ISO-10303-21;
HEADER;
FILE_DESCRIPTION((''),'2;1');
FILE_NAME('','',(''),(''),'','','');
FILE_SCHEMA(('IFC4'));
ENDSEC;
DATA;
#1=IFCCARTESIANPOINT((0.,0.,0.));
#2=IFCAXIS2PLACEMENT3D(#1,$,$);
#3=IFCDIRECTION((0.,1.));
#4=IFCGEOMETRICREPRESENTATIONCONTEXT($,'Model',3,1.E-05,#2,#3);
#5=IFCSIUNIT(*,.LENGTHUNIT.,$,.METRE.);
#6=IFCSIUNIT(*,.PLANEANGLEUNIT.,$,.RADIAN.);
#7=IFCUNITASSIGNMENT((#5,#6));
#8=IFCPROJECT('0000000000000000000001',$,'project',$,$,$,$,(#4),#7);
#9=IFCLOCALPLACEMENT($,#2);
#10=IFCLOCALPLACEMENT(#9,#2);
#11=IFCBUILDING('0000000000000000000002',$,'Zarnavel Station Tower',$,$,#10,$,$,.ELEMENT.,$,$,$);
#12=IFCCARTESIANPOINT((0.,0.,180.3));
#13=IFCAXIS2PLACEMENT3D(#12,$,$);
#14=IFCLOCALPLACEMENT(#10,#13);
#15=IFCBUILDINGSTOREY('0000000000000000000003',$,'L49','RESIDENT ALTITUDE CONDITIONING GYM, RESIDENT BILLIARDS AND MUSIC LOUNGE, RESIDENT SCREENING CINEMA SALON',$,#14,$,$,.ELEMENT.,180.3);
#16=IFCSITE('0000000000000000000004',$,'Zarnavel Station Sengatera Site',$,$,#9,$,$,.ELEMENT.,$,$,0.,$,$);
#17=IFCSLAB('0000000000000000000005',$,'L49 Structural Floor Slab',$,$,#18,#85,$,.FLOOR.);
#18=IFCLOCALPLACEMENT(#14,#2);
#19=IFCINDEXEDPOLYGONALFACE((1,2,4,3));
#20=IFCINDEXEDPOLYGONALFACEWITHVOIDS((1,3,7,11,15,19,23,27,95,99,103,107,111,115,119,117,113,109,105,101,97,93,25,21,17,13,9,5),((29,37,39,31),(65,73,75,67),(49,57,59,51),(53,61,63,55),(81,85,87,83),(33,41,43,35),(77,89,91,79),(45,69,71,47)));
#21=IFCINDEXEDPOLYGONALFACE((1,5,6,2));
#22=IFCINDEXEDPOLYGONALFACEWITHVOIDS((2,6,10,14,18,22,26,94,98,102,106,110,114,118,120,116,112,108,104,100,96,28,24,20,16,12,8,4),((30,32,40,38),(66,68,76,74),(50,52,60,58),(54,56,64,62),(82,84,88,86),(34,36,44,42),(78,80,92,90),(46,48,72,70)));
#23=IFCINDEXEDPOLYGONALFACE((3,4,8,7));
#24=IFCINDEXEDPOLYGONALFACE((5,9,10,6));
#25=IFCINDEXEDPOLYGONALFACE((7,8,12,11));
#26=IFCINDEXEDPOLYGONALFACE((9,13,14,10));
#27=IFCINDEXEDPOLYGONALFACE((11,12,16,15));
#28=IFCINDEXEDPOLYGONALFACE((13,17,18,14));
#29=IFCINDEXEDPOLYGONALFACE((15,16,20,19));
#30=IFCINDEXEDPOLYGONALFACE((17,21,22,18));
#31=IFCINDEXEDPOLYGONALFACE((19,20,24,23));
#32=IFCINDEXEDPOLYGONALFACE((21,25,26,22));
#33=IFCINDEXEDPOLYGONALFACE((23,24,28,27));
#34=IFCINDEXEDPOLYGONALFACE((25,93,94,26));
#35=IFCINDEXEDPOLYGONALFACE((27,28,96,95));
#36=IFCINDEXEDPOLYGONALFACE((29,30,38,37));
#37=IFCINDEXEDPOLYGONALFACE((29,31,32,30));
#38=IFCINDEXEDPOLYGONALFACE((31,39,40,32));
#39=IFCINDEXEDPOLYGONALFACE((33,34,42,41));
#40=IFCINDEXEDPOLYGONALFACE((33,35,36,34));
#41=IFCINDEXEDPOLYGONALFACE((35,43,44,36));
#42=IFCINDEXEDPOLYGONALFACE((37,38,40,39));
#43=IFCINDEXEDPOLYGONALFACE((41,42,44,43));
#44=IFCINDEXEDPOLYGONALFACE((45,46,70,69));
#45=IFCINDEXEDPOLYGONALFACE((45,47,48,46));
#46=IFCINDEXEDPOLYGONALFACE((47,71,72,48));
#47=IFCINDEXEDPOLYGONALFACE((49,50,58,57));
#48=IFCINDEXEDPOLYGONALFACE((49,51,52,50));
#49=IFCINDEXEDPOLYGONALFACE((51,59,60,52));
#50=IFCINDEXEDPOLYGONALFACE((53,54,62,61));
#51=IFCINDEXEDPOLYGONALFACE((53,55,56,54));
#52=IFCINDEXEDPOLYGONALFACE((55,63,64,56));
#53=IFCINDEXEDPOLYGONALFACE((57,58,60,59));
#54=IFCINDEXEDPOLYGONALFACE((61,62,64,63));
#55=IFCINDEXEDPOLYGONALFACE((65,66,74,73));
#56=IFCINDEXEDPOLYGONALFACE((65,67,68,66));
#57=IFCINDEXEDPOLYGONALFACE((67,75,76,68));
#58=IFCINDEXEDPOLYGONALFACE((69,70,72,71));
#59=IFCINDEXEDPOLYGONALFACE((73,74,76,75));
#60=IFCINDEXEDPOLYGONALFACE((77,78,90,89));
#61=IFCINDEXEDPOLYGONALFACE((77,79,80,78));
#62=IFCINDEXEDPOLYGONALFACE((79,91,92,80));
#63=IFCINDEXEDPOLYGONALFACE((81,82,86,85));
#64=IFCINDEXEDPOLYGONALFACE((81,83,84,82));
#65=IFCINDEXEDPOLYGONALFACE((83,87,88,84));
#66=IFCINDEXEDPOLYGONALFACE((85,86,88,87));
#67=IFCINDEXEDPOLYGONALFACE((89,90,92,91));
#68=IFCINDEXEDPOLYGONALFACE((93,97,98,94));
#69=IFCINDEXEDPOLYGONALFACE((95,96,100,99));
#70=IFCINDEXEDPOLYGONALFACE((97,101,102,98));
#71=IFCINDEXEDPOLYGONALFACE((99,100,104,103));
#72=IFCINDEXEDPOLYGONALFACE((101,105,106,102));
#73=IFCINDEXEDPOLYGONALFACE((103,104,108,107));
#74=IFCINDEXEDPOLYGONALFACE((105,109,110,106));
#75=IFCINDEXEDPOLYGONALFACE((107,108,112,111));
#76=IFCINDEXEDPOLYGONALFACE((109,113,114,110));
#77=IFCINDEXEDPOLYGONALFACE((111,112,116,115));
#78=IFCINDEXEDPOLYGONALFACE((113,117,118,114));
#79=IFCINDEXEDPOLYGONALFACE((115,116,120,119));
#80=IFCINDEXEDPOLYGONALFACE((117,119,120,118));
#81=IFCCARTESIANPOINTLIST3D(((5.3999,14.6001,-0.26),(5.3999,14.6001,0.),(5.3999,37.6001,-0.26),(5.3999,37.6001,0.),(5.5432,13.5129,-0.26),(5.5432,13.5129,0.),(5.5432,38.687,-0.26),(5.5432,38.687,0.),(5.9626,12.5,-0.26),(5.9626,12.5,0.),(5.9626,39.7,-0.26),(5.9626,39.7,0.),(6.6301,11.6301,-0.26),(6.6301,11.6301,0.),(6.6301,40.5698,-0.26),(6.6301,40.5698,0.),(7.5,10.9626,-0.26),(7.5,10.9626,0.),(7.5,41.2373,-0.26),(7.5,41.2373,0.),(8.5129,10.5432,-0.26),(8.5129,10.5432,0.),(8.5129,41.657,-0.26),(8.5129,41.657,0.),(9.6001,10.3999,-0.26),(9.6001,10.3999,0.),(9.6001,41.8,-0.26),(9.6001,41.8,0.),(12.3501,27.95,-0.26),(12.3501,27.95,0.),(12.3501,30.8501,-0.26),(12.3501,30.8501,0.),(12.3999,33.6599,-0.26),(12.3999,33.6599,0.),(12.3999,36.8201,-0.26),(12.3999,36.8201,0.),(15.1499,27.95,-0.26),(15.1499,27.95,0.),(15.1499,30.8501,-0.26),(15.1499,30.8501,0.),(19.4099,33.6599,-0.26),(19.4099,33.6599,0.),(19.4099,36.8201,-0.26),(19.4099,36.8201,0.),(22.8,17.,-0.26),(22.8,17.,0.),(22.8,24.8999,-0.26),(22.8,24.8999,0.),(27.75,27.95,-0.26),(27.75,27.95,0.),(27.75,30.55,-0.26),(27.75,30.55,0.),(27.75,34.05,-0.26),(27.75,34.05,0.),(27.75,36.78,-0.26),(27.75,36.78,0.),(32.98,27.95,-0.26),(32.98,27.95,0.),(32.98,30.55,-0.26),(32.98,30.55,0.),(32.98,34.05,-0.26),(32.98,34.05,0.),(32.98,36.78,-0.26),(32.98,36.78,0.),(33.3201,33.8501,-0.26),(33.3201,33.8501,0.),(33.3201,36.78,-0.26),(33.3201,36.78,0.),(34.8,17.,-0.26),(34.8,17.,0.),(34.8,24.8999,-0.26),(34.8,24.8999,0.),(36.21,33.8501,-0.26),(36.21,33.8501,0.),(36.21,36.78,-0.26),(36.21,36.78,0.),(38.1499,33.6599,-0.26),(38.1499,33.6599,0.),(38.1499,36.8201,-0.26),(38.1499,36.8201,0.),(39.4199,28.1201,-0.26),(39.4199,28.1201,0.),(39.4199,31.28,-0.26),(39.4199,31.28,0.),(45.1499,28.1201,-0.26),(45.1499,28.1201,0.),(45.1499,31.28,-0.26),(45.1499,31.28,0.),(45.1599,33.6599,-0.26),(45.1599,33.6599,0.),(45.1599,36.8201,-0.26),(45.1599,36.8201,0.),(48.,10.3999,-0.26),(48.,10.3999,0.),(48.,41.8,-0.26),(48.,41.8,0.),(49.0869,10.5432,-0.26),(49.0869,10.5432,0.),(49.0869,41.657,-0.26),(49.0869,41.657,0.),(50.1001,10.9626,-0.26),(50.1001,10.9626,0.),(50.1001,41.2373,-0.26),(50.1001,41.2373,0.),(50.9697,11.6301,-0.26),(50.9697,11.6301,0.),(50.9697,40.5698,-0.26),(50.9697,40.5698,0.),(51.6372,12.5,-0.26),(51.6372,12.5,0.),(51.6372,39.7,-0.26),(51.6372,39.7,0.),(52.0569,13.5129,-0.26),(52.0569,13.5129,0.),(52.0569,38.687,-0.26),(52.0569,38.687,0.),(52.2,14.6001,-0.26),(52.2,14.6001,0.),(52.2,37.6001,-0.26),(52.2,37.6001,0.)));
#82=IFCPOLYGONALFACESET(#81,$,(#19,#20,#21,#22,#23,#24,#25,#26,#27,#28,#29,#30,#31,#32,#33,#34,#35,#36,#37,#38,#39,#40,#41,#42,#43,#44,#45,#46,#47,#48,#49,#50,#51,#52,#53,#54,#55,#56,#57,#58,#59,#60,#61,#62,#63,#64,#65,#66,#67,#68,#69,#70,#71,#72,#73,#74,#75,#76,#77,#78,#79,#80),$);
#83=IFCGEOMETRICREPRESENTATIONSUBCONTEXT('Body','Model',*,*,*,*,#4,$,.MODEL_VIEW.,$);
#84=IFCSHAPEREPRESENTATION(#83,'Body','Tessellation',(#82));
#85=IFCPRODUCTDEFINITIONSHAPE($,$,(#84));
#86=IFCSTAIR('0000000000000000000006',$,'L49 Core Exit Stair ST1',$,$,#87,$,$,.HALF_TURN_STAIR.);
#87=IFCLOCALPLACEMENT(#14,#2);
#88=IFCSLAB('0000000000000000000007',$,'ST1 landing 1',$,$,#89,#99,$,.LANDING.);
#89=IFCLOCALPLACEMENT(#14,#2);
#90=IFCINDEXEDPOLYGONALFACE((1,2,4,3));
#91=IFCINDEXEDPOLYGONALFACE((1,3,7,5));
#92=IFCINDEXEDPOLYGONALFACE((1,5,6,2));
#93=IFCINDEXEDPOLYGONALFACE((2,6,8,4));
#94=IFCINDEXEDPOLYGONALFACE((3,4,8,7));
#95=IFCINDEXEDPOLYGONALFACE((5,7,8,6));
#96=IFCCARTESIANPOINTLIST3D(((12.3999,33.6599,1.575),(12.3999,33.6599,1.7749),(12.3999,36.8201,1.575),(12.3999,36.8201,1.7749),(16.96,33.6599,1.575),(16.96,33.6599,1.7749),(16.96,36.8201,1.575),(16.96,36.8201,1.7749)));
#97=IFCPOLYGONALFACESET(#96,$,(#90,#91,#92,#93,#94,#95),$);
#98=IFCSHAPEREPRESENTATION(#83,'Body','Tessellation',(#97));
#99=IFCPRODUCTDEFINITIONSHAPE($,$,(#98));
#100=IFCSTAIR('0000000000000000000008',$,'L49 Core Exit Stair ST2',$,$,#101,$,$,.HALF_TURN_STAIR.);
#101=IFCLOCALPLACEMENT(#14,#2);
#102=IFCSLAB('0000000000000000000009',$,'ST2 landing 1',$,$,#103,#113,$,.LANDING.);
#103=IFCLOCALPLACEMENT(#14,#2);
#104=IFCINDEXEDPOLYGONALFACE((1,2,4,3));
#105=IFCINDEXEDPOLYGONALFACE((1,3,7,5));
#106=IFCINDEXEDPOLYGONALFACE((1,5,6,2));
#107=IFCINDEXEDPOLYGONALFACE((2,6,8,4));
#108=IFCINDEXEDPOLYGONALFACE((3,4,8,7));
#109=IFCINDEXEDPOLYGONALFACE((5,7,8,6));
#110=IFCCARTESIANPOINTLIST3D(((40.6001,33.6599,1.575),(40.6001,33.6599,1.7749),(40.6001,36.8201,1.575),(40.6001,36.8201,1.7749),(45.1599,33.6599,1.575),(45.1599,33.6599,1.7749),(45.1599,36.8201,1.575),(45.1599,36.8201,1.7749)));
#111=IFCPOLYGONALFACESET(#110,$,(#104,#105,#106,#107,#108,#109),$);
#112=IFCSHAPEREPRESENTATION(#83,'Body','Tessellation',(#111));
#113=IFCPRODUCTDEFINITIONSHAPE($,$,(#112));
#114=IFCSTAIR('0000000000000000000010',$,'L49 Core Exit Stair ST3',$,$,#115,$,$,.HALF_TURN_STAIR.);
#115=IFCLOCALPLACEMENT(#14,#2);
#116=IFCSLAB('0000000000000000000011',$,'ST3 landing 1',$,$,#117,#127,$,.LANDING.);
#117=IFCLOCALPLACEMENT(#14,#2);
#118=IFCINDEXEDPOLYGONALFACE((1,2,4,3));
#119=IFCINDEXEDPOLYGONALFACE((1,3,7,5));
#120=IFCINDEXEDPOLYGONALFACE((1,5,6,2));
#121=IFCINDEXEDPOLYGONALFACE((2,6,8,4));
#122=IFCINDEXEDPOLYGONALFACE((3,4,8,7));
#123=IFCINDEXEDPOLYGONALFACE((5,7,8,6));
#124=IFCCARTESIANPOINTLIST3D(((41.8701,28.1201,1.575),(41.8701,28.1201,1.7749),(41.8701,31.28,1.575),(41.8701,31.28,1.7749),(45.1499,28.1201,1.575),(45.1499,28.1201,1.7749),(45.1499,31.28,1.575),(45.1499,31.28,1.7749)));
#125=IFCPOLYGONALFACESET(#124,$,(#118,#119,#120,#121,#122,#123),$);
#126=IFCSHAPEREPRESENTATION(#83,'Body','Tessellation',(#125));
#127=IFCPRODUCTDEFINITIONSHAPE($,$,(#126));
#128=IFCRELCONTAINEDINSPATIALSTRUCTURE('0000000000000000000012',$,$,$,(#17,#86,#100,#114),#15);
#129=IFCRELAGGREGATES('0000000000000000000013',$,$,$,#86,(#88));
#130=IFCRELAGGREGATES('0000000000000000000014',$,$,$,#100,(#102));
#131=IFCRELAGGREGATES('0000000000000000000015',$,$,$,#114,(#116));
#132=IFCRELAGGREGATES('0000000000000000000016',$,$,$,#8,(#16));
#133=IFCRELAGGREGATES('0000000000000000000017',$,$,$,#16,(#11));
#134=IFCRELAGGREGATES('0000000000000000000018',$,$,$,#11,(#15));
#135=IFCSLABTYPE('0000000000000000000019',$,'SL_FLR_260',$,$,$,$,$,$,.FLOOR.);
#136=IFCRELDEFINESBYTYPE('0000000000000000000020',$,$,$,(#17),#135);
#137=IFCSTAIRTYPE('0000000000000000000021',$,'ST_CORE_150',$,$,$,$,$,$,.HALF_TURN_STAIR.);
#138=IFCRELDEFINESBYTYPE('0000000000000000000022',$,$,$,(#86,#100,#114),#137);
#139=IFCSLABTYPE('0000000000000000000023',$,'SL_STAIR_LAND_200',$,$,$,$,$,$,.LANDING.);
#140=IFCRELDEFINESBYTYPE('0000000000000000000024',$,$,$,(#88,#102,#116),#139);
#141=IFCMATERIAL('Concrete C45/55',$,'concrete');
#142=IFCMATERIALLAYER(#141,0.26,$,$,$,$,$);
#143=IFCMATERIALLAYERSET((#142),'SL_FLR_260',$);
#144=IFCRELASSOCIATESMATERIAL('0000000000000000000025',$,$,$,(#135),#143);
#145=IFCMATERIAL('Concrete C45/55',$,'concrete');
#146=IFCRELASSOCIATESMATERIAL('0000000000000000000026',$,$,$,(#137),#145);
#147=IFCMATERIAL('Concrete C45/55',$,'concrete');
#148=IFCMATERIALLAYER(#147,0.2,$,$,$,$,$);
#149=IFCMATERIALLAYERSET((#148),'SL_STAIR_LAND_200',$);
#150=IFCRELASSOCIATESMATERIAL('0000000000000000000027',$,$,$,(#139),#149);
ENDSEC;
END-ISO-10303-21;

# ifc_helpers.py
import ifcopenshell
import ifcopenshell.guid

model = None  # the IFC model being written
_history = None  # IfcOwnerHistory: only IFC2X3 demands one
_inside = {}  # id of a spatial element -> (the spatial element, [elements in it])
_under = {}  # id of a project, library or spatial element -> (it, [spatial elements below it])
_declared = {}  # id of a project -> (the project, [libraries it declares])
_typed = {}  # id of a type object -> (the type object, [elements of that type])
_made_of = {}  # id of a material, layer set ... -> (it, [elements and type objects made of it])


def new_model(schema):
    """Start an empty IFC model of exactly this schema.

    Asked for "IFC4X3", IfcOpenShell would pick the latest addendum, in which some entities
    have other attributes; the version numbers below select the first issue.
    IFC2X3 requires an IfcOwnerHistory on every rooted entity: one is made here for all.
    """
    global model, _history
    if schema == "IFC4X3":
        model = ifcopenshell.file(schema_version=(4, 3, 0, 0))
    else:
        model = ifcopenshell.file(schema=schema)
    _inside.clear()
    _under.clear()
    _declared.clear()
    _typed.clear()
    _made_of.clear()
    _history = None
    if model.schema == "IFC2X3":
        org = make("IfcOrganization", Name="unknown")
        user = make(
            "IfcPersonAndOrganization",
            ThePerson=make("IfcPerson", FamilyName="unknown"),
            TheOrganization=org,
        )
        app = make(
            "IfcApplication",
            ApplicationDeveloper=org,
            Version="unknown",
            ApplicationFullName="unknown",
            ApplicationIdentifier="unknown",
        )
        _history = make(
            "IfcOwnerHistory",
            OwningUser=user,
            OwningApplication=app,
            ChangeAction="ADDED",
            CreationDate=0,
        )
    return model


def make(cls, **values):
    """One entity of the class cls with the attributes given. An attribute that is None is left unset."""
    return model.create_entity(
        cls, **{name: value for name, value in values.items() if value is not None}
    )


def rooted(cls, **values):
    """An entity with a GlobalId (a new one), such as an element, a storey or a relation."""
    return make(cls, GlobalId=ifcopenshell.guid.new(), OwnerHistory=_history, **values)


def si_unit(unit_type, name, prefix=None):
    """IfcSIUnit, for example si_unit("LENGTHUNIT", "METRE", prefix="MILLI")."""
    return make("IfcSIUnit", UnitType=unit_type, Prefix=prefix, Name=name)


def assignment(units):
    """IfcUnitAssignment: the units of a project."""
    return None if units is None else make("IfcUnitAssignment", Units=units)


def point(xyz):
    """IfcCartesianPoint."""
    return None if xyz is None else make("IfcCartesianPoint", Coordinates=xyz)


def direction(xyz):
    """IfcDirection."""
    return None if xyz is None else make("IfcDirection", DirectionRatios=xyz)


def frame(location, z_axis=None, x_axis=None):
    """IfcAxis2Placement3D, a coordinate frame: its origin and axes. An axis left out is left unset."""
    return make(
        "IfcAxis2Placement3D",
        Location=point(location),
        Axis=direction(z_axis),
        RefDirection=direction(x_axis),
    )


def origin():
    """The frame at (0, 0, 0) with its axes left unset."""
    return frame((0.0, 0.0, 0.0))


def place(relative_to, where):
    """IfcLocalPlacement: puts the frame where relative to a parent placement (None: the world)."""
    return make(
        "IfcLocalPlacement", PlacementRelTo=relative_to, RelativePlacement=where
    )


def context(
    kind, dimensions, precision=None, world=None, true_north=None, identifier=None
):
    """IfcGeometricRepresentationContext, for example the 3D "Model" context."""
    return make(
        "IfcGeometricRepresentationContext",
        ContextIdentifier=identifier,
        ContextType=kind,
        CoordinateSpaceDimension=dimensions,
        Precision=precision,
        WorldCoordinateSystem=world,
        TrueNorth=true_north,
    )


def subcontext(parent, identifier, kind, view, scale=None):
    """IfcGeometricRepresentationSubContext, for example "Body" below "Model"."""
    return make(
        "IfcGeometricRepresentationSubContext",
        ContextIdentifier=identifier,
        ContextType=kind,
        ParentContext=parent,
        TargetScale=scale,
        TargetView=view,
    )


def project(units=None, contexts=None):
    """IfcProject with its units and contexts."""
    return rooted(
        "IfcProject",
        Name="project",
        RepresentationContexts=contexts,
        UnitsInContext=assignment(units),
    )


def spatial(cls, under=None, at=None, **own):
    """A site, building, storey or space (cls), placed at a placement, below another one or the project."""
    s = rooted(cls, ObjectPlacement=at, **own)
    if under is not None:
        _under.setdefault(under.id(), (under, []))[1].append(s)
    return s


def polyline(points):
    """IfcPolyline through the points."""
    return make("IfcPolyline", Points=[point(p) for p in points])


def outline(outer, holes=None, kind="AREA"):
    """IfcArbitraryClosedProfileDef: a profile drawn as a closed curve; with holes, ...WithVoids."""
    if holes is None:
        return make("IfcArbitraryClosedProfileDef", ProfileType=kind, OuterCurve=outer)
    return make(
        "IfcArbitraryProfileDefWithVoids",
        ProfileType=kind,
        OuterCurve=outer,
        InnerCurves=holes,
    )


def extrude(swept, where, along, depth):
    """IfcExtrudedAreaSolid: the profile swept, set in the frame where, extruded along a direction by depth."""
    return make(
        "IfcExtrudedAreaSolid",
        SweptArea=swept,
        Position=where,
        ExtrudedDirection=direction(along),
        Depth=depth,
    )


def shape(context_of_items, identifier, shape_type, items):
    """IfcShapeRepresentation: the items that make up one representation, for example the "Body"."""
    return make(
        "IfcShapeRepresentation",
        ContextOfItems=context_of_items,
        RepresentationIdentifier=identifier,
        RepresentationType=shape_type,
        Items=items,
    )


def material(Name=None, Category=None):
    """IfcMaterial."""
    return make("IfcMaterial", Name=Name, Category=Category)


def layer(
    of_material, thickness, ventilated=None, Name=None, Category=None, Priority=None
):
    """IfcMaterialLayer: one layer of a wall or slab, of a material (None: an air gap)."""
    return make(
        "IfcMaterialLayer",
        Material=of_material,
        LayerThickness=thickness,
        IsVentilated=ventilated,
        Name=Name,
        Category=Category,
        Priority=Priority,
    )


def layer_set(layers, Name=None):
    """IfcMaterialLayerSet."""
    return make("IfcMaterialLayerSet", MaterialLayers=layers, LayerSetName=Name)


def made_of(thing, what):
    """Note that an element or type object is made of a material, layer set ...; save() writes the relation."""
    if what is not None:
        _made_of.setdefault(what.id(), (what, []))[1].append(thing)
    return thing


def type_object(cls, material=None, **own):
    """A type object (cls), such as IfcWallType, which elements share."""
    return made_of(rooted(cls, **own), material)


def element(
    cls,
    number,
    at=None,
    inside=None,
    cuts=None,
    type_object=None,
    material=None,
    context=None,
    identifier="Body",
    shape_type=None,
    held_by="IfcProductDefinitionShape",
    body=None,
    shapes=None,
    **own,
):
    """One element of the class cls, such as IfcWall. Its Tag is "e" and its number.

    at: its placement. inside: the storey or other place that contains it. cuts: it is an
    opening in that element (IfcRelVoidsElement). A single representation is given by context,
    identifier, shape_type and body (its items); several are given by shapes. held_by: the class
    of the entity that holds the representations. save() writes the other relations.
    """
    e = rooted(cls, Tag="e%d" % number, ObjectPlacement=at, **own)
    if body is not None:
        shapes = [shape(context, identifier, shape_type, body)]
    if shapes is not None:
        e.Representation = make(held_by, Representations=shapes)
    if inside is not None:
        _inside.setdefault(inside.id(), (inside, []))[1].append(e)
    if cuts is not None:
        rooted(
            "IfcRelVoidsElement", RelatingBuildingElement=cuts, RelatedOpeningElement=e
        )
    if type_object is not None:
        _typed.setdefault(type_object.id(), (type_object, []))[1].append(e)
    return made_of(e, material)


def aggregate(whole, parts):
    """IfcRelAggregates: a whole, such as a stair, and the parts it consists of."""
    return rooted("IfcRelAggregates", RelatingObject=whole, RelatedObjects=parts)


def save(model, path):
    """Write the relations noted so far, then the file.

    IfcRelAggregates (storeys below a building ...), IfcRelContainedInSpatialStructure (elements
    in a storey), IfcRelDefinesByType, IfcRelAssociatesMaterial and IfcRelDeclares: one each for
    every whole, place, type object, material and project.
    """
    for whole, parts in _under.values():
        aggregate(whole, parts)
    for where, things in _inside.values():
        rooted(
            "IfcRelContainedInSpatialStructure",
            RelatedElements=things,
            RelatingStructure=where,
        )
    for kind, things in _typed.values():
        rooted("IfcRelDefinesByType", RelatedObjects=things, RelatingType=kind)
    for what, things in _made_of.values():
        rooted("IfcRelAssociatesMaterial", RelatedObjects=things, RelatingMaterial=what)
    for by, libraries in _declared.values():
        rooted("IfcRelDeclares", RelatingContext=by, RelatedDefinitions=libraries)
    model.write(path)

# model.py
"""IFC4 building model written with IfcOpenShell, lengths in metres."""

from ifc_helpers import new_model, si_unit, direction, frame, origin, place, context, subcontext, project, spatial, polyline, outline, extrude, material, layer, layer_set, type_object, element, aggregate, save


model = new_model("IFC4")

# Units and contexts
model_context = context("Model", 3, precision=1e-05, world=origin(), true_north=direction((0.0, 1.0)))
body_context = subcontext(model_context, "Body", "Model", "MODEL_VIEW")
ifc_project = project(units=[si_unit("LENGTHUNIT", "METRE"), si_unit("PLANEANGLEUNIT", "RADIAN")], contexts=[model_context])

# Site, building, storey
site_placement = place(None, origin())
site = spatial("IfcSite", under=ifc_project, at=site_placement, Name="Zarnavel Station Sengatera Site", CompositionType="ELEMENT", RefElevation=0.0)
building_placement = place(site_placement, origin())
building = spatial("IfcBuilding", under=site, at=building_placement, Name="Zarnavel Station Tower", CompositionType="ELEMENT")
storey_placement = place(building_placement, frame((0.0, 0.0, 180.3)))
storey = spatial("IfcBuildingStorey", under=building, at=storey_placement, Name="L49", Description="RESIDENT ALTITUDE CONDITIONING GYM, RESIDENT BILLIARDS AND MUSIC LOUNGE, RESIDENT SCREENING CINEMA SALON", CompositionType="ELEMENT", Elevation=180.3)

# Slab
ifc_material_1 = material(Name="Concrete C45/55", Category="concrete")
ifc_layer_1 = layer(ifc_material_1, 0.26)
ifc_layer_set_1 = layer_set([ifc_layer_1], Name="SL_FLR_260")
slab_type_1 = type_object("IfcSlabType", Name="SL_FLR_260", PredefinedType="FLOOR", material=ifc_layer_set_1)
slab_1_placement = place(storey_placement, frame((0.0, 0.0, -0.26)))
element("IfcSlab", 1, at=slab_1_placement, inside=storey, type_object=slab_type_1, Name="L49 Structural Floor Slab", PredefinedType="FLOOR", context=body_context, shape_type="SweptSolid", body=[
    extrude(outline(polyline([(48.0, 10.3999), (49.0869, 10.5432), (50.1001, 10.9626), (50.9697, 11.6301), (51.6372, 12.5), (52.0569, 13.5129), (52.2, 14.6001), (52.2, 37.6001), (52.0569, 38.687), (51.6372, 39.7), (50.9697, 40.5698), (50.1001, 41.2373), (49.0869, 41.657), (48.0, 41.8), (9.6001, 41.8), (8.5129, 41.657), (7.5, 41.2373), (6.6301, 40.5698), (5.9626, 39.7), (5.5432, 38.687), (5.3999, 37.6001), (5.3999, 14.6001), (5.5432, 13.5129), (5.9626, 12.5), (6.6301, 11.6301), (7.5, 10.9626), (8.5129, 10.5432), (9.6001, 10.3999), (48.0, 10.3999)]), holes=[polyline([(12.3999, 33.6599), (19.4099, 33.6599), (19.4099, 36.8201), (12.3999, 36.8201), (12.3999, 33.6599)]), polyline([(38.1499, 33.6599), (45.1599, 33.6599), (45.1599, 36.8201), (38.1499, 36.8201), (38.1499, 33.6599)]), polyline([(39.4199, 28.1201), (45.1499, 28.1201), (45.1499, 31.28), (39.4199, 31.28), (39.4199, 28.1201)]), polyline([(12.3501, 27.95), (15.1499, 27.95), (15.1499, 30.8501), (12.3501, 30.8501), (12.3501, 27.95)]), polyline([(33.3201, 33.8501), (36.21, 33.8501), (36.21, 36.78), (33.3201, 36.78), (33.3201, 33.8501)]), polyline([(27.75, 34.05), (32.98, 34.05), (32.98, 36.78), (27.75, 36.78), (27.75, 34.05)]), polyline([(27.75, 27.95), (32.98, 27.95), (32.98, 30.55), (27.75, 30.55), (27.75, 27.95)]), polyline([(22.8, 17.0), (34.8, 17.0), (34.8, 24.8999), (22.8, 24.8999), (22.8, 17.0)])]), origin(), (0.0, 0.0, 1.0), 0.26),
])

# Stairs, slabs
ifc_material_2 = material(Name="Concrete C45/55", Category="concrete")
stair_type = type_object("IfcStairType", Name="ST_CORE_150", PredefinedType="HALF_TURN_STAIR", material=ifc_material_2)
stair_1_placement = place(storey_placement, origin())
stair_1 = element("IfcStair", 2, at=stair_1_placement, inside=storey, type_object=stair_type, Name="L49 Core Exit Stair ST1", PredefinedType="HALF_TURN_STAIR")
ifc_material_3 = material(Name="Concrete C45/55", Category="concrete")
ifc_layer_2 = layer(ifc_material_3, 0.2)
ifc_layer_set_2 = layer_set([ifc_layer_2], Name="SL_STAIR_LAND_200")
slab_type_2 = type_object("IfcSlabType", Name="SL_STAIR_LAND_200", PredefinedType="LANDING", material=ifc_layer_set_2)
slab_2_placement = place(storey_placement, frame((0.0, 0.0, 1.575)))
slab_2 = element("IfcSlab", 3, at=slab_2_placement, type_object=slab_type_2, Name="ST1 landing 1", PredefinedType="LANDING", context=body_context, shape_type="SweptSolid", body=[
    extrude(outline(polyline([(16.96, 36.8201), (12.3999, 36.8201), (12.3999, 33.6599), (16.96, 33.6599), (16.96, 36.8201)])), origin(), (0.0, 0.0, 1.0), 0.2),
])
aggregate(stair_1, [slab_2])
stair_2_placement = place(storey_placement, origin())
stair_2 = element("IfcStair", 4, at=stair_2_placement, inside=storey, type_object=stair_type, Name="L49 Core Exit Stair ST2", PredefinedType="HALF_TURN_STAIR")
slab_3_placement = place(storey_placement, frame((0.0, 0.0, 1.575)))
slab_3 = element("IfcSlab", 5, at=slab_3_placement, type_object=slab_type_2, Name="ST2 landing 1", PredefinedType="LANDING", context=body_context, shape_type="SweptSolid", body=[
    extrude(outline(polyline([(40.6001, 33.6599), (45.1599, 33.6599), (45.1599, 36.8201), (40.6001, 36.8201), (40.6001, 33.6599)])), origin(), (0.0, 0.0, 1.0), 0.2),
])
aggregate(stair_2, [slab_3])
stair_3_placement = place(storey_placement, origin())
stair_3 = element("IfcStair", 6, at=stair_3_placement, inside=storey, type_object=stair_type, Name="L49 Core Exit Stair ST3", PredefinedType="HALF_TURN_STAIR")
slab_4_placement = place(storey_placement, frame((0.0, 0.0, 1.575)))
slab_4 = element("IfcSlab", 7, at=slab_4_placement, type_object=slab_type_2, Name="ST3 landing 1", PredefinedType="LANDING", context=body_context, shape_type="SweptSolid", body=[
    extrude(outline(polyline([(41.8701, 28.1201), (45.1499, 28.1201), (45.1499, 31.28), (41.8701, 31.28), (41.8701, 28.1201)])), origin(), (0.0, 0.0, 1.0), 0.2),
])
aggregate(stair_3, [slab_4])

save(model, "model.ifc")
